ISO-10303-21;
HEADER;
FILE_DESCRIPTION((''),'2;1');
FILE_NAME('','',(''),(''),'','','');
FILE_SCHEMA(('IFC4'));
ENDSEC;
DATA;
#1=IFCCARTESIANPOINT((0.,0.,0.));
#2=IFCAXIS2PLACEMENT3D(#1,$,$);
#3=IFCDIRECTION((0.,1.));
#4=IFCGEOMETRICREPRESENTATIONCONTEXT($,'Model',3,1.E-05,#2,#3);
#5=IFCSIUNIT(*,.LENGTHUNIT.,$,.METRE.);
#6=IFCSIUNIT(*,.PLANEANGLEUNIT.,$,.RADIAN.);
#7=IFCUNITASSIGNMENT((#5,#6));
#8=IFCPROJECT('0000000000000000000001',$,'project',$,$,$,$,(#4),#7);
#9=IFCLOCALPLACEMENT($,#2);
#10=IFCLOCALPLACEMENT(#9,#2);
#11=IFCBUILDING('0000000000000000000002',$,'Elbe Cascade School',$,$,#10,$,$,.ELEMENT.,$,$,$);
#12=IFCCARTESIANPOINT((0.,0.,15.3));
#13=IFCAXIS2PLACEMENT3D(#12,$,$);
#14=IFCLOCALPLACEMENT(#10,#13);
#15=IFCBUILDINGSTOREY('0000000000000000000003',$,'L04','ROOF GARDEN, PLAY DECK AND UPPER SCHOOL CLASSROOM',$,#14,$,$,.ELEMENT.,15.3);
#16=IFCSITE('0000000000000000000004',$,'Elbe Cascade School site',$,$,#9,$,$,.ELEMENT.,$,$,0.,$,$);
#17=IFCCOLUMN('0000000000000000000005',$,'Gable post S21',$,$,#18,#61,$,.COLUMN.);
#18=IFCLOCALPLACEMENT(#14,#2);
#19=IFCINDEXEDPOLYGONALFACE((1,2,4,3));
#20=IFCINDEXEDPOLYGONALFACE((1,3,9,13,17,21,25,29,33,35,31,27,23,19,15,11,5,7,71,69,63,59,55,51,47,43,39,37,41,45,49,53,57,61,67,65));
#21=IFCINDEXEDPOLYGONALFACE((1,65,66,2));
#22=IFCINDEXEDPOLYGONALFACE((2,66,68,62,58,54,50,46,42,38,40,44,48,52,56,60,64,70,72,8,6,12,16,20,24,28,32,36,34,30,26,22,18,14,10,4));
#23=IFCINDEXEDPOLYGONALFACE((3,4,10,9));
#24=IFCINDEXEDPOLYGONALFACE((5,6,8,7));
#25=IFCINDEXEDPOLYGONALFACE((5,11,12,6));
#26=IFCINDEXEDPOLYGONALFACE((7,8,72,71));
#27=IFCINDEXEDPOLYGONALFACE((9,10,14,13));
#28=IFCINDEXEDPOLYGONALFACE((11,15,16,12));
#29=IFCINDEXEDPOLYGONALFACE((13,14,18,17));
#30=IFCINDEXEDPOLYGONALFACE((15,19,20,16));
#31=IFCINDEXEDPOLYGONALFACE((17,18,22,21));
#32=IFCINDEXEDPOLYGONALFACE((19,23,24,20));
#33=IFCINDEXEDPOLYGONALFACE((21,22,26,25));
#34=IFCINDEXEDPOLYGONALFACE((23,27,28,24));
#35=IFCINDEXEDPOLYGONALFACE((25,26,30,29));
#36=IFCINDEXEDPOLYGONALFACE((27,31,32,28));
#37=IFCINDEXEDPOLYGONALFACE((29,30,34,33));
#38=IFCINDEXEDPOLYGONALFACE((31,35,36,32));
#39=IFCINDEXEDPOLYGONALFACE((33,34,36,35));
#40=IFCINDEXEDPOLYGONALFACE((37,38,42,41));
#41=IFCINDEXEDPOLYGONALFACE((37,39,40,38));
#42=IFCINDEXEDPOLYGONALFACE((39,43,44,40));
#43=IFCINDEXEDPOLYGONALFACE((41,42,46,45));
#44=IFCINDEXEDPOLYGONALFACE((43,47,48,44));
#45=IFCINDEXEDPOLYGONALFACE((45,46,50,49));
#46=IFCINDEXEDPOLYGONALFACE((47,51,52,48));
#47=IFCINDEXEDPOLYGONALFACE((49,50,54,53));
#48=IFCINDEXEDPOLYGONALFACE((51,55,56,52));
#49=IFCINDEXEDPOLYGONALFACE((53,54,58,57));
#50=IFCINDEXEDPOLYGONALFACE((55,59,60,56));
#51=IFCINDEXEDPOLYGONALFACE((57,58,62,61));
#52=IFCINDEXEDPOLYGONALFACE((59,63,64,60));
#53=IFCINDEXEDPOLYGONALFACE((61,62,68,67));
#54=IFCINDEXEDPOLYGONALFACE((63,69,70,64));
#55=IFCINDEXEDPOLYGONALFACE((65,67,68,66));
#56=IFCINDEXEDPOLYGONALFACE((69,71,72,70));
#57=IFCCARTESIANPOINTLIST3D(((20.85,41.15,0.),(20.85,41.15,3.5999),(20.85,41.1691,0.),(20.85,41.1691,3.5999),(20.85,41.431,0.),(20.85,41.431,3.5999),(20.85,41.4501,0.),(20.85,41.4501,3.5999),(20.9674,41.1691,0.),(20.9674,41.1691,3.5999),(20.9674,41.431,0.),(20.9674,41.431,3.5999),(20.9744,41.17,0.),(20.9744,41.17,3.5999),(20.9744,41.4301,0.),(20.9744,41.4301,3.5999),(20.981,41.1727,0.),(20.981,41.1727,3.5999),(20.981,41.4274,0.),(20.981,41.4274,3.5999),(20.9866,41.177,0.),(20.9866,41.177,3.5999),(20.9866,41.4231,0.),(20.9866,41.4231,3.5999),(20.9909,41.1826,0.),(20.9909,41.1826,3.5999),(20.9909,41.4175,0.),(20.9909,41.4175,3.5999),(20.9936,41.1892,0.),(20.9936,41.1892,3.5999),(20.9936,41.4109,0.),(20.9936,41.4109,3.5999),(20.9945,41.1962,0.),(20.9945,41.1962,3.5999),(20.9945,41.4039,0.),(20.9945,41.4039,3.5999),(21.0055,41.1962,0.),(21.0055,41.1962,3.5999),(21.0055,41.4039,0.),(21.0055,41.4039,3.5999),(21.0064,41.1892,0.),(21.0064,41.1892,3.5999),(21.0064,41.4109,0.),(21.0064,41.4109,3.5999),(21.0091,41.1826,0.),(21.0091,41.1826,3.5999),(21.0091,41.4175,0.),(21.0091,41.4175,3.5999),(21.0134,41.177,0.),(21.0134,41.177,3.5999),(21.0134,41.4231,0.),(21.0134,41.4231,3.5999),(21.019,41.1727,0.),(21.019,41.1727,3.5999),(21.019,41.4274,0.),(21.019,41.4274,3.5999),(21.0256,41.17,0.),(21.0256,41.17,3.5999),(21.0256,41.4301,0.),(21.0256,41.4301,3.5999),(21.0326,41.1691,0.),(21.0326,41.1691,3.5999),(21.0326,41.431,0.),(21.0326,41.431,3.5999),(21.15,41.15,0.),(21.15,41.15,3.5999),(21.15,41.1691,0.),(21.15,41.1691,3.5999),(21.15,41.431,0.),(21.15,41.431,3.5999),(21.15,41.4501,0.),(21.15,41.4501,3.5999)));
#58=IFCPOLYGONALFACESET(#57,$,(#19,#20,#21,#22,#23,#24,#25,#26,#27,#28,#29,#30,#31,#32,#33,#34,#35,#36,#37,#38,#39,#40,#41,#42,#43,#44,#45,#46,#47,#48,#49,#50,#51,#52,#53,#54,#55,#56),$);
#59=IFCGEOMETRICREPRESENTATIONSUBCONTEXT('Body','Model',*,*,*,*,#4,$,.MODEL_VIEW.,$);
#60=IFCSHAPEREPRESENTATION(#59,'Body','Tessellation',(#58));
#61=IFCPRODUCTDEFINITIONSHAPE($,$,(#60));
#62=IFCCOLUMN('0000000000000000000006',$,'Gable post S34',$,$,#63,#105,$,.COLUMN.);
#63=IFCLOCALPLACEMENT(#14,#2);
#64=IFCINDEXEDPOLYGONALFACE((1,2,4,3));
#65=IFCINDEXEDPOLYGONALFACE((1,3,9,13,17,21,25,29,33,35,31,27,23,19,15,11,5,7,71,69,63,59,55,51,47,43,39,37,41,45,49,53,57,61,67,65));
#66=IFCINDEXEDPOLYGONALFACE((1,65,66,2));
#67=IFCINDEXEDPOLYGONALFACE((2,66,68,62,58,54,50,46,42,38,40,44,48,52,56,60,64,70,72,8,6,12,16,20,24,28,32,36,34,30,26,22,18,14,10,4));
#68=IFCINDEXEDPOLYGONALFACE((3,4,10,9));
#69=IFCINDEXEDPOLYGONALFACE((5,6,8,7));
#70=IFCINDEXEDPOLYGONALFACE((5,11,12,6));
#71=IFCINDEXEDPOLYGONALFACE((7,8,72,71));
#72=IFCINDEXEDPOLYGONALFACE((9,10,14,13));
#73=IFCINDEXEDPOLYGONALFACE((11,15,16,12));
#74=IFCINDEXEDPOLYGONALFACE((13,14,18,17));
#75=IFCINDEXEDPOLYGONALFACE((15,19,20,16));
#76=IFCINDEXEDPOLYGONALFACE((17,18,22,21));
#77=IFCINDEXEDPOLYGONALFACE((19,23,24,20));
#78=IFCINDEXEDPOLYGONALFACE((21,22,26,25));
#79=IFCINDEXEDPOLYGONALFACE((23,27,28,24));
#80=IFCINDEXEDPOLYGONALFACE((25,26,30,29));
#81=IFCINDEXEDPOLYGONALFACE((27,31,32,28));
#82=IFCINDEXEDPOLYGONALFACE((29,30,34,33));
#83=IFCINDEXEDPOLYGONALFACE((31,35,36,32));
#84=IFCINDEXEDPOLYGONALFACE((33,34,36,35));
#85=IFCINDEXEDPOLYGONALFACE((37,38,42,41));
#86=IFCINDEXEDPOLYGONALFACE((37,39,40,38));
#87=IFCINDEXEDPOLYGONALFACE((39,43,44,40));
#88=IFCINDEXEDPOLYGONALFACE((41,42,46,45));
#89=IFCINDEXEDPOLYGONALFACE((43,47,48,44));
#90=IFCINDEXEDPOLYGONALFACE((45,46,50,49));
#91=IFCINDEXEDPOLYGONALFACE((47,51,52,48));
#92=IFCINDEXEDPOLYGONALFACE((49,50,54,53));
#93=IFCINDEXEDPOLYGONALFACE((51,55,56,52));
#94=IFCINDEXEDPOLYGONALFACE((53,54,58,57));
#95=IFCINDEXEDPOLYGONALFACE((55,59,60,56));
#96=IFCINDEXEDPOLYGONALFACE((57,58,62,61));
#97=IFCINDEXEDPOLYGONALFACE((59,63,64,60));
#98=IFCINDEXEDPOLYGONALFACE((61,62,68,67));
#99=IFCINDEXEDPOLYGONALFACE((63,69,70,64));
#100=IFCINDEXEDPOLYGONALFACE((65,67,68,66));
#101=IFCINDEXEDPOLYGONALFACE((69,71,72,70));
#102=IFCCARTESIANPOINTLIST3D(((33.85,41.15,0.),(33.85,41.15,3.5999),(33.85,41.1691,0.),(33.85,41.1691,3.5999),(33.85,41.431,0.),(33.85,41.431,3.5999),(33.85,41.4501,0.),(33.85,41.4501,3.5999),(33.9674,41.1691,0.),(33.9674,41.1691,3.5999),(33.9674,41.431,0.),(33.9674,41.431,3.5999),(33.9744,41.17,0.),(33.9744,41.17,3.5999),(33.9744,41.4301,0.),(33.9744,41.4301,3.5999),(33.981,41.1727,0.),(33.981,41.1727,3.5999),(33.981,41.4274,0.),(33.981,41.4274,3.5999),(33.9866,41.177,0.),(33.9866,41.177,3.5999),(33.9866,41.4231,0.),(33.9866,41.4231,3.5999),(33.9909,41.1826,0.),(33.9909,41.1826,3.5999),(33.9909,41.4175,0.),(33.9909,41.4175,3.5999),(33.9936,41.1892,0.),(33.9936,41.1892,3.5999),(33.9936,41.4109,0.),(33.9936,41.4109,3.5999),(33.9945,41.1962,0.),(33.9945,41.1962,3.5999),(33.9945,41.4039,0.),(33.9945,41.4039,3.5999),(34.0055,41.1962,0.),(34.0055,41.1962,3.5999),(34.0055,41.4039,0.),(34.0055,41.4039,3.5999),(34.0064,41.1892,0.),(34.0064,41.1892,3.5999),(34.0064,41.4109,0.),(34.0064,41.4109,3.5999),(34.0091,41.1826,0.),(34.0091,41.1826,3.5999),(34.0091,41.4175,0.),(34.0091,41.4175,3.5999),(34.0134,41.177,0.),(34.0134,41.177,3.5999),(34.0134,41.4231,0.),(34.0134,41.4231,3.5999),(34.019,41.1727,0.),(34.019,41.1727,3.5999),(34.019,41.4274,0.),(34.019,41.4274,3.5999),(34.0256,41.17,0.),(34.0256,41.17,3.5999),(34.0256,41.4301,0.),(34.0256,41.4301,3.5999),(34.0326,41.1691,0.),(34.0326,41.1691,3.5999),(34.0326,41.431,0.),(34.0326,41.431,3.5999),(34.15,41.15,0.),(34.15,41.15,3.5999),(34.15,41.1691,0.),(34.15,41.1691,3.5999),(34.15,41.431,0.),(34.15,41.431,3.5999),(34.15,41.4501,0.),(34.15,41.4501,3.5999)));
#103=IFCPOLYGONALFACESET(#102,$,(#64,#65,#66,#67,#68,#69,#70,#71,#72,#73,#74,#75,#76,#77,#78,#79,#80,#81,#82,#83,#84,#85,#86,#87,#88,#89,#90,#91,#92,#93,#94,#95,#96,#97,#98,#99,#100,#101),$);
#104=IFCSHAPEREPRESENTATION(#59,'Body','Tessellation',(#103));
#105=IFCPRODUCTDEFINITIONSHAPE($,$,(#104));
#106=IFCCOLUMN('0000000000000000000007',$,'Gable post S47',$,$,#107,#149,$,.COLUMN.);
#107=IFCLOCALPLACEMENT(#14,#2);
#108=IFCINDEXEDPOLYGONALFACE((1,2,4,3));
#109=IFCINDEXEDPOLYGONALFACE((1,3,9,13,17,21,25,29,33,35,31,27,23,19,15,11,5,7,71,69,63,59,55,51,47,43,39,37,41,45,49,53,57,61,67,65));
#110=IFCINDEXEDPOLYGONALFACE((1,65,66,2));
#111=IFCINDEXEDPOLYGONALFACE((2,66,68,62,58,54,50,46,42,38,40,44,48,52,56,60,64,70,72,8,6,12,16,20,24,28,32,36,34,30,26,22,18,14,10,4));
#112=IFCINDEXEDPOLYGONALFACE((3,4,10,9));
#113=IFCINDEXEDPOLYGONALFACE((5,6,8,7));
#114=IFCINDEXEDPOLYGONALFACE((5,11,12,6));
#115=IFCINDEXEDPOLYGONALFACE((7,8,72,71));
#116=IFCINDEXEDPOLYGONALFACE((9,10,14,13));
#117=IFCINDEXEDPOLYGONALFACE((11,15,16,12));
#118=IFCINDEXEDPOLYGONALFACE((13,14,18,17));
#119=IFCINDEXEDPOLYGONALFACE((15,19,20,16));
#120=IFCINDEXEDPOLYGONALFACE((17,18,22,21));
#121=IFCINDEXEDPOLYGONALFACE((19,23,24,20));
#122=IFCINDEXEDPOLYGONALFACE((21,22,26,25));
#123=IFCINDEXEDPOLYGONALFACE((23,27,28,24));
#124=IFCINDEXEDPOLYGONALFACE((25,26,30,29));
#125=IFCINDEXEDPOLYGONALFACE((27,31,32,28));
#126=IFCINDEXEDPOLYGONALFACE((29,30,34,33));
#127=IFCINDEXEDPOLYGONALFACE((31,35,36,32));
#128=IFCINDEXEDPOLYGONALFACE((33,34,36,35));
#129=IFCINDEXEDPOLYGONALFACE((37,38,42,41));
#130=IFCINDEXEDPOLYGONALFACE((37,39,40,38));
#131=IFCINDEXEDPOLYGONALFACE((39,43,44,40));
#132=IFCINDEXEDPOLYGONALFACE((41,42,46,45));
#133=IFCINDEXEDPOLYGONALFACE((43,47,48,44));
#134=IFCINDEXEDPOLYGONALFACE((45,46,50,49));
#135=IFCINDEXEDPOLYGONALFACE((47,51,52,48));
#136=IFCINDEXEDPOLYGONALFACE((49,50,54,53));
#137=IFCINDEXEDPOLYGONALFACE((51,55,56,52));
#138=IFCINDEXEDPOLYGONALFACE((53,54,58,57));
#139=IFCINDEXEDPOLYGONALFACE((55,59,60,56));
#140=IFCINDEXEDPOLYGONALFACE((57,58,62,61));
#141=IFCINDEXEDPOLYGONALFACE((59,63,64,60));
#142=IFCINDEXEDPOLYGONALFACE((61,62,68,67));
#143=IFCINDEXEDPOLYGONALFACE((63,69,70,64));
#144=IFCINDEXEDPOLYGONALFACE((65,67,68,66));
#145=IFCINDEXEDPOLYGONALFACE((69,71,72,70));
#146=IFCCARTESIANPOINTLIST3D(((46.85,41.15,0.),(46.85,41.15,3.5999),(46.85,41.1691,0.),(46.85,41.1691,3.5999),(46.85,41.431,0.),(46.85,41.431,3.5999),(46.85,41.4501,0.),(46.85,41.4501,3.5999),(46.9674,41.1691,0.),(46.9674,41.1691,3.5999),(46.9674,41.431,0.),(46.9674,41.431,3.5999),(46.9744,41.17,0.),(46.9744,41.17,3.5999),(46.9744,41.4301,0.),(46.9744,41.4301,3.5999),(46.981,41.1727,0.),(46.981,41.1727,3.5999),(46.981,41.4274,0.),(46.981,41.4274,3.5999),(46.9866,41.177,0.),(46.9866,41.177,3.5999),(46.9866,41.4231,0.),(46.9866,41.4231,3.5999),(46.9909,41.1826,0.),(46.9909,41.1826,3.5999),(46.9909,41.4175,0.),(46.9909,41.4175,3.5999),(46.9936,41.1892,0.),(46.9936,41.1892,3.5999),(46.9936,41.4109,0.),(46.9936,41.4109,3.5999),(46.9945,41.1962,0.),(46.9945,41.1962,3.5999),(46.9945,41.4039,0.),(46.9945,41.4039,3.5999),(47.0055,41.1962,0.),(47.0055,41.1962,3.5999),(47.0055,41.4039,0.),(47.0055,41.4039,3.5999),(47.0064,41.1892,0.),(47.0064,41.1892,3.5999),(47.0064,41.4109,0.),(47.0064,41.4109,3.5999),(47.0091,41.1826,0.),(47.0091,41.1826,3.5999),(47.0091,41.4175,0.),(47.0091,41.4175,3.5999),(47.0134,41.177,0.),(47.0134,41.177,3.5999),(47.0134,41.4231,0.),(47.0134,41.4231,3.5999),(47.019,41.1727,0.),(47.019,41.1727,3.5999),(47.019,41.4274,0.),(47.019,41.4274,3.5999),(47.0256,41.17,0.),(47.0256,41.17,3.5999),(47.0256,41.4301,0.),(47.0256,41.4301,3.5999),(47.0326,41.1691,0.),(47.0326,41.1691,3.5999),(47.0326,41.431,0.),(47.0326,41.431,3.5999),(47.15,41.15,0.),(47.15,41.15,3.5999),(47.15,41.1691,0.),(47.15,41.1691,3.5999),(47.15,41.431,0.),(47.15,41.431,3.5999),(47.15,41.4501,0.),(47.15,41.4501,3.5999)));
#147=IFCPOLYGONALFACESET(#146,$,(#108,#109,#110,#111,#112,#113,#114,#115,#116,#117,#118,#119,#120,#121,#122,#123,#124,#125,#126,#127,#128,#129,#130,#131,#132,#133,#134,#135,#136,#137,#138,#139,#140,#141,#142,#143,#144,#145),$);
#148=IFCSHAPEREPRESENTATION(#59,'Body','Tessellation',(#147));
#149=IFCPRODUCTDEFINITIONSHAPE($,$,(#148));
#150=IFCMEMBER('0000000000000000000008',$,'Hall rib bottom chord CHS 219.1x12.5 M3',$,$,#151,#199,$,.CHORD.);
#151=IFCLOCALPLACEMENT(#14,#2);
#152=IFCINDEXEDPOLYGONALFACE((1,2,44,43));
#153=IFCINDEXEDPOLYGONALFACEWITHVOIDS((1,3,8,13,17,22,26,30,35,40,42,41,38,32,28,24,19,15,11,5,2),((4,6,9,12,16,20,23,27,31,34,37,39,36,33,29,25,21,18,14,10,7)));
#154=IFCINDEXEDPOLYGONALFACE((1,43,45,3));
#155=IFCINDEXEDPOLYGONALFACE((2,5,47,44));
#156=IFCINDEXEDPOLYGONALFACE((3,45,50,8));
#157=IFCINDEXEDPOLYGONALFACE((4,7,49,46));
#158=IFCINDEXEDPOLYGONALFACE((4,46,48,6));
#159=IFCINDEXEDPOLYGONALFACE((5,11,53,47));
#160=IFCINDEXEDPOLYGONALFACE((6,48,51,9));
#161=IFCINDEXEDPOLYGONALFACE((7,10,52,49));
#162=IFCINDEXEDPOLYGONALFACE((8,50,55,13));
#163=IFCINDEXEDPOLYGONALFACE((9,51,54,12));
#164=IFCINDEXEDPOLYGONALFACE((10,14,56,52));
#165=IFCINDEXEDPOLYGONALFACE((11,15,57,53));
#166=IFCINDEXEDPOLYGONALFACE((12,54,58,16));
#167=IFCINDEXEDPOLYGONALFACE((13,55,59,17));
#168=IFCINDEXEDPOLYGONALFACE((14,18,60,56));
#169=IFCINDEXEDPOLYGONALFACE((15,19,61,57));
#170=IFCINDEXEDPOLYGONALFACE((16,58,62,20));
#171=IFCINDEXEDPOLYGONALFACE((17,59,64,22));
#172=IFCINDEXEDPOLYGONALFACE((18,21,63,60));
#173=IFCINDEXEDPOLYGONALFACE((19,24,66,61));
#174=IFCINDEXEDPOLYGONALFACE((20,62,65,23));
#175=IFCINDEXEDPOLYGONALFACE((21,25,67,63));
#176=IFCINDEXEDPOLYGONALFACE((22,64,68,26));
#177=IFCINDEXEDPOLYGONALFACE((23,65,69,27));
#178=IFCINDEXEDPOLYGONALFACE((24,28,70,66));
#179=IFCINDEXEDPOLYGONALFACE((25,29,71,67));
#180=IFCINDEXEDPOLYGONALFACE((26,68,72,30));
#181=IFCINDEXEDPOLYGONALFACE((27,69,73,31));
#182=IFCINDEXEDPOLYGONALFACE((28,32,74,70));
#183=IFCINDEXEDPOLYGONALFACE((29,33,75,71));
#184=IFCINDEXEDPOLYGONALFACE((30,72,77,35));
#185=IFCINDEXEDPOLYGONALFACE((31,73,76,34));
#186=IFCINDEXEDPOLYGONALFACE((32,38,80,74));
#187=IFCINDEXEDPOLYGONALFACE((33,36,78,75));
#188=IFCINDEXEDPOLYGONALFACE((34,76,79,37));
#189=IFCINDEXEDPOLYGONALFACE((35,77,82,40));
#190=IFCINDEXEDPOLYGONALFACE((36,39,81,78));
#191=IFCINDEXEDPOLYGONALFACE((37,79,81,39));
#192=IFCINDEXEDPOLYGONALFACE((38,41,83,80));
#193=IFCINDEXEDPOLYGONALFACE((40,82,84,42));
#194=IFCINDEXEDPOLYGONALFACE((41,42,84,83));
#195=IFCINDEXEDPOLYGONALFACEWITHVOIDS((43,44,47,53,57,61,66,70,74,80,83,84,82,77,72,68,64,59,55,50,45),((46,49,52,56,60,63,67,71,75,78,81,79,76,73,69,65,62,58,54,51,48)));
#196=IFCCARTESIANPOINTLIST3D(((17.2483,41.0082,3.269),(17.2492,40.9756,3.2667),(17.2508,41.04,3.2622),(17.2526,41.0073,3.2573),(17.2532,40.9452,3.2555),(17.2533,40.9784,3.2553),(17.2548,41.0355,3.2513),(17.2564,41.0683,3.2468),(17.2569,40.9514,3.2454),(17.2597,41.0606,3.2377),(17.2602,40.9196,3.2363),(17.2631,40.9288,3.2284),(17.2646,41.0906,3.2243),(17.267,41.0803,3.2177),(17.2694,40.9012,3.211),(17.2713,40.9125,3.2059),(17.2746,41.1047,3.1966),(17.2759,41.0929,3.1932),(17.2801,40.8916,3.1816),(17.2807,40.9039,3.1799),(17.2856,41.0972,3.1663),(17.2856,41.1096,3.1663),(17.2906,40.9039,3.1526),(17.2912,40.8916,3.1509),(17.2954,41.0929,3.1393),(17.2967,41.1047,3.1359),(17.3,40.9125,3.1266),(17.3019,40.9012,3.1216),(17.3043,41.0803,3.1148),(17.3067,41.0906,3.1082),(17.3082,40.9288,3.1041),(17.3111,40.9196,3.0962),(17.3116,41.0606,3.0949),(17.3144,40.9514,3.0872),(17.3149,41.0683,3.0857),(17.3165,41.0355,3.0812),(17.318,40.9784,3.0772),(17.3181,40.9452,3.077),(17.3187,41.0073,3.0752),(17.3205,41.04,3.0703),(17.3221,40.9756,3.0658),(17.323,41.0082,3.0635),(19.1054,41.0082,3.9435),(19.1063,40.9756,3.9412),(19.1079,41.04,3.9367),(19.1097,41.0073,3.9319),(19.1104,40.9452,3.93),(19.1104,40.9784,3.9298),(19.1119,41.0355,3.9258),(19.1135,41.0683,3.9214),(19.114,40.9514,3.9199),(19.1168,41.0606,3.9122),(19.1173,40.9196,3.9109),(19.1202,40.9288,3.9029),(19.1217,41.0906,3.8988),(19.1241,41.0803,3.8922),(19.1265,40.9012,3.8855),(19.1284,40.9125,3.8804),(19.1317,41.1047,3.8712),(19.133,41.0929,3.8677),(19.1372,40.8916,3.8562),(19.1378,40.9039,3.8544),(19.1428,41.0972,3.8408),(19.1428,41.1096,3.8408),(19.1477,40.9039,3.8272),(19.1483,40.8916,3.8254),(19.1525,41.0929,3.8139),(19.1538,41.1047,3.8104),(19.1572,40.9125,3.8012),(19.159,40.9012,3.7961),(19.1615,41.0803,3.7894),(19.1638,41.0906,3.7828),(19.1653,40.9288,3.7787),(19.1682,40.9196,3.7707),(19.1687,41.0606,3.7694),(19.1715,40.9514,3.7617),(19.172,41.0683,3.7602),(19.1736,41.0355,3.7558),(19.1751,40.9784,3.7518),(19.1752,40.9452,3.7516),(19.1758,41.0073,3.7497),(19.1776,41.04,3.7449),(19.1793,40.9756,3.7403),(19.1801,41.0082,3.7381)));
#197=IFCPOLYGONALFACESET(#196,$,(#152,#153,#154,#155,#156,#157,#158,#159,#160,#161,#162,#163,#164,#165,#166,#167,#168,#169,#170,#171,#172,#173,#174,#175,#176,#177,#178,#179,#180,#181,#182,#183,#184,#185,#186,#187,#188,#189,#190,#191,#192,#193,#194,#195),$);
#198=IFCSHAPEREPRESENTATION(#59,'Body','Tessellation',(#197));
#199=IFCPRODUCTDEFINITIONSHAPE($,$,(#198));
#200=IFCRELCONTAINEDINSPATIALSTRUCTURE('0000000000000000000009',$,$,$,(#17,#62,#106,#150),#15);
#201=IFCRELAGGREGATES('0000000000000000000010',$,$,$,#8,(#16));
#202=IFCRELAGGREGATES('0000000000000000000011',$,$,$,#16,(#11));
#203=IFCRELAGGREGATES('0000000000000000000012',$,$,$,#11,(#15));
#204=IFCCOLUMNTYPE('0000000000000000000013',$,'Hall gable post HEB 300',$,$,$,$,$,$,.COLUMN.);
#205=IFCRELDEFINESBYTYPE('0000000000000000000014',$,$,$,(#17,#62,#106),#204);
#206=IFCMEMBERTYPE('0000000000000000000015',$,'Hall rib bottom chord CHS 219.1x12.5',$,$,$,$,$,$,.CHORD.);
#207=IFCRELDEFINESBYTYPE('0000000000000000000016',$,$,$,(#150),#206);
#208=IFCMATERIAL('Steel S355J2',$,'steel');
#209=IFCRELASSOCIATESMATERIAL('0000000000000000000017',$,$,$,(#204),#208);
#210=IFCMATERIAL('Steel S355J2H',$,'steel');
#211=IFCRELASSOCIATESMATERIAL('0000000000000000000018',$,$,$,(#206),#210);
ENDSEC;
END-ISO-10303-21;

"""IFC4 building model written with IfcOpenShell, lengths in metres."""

from ifc_helpers import new_model, si_unit, direction, frame, origin, origin_2d, place, context, subcontext, project, spatial, hollow_circle, i_section, extrude, material, material_profile, profile_set, type_object, element, save


model = new_model("IFC4")

# Units and contexts
model_context = context("Model", 3, precision=1e-05, world=origin(), true_north=direction((0.0, 1.0)))
body_context = subcontext(model_context, "Body", "Model", "MODEL_VIEW")
ifc_project = project(units=[si_unit("LENGTHUNIT", "METRE"), si_unit("PLANEANGLEUNIT", "RADIAN")], contexts=[model_context])

# Site, building, storey
site_placement = place(None, origin())
site = spatial("IfcSite", under=ifc_project, at=site_placement, Name="Elbe Cascade School site", CompositionType="ELEMENT", RefElevation=0.0)
building_placement = place(site_placement, origin())
building = spatial("IfcBuilding", under=site, at=building_placement, Name="Elbe Cascade School", CompositionType="ELEMENT")
storey_placement = place(building_placement, frame((0.0, 0.0, 15.3)))
storey = spatial("IfcBuildingStorey", under=building, at=storey_placement, Name="L04", Description="ROOF GARDEN, PLAY DECK AND UPPER SCHOOL CLASSROOM", CompositionType="ELEMENT", Elevation=15.3)

# Columns
ifc_material_1 = material(Name="Steel S355J2", Category="steel")
ifc_material_profile_1 = material_profile(ifc_material_1, i_section(OverallWidth=0.3, OverallDepth=0.3, WebThickness=0.011, FlangeThickness=0.019, FilletRadius=0.0271, at=origin_2d()), Name="HEB 300")
ifc_profile_set_1 = profile_set([ifc_material_profile_1], Name="Steel S355J2")
column_type = type_object("IfcColumnType", Name="Hall gable post HEB 300", PredefinedType="COLUMN", material=ifc_profile_set_1)
for number, where, z_axis, x_axis, name in (
    (1, (21.0, 41.3, 0.0), (0.0, 0.0, 1.0), (1.0, 0.0, 0.0), "Gable post S21"),
    (2, (34.0, 41.3, 0.0), (0.0, 0.0, 1.0), (1.0, 0.0, 0.0), "Gable post S34"),
    (3, (47.0, 41.3, 0.0), (0.0, 0.0, 1.0), (1.0, 0.0, 0.0), "Gable post S47"),
):
    element("IfcColumn", number, at=place(storey_placement, frame(where, z_axis=z_axis, x_axis=x_axis)), inside=storey, type_object=column_type, Name=name, PredefinedType="COLUMN", context=body_context, shape_type="SweptSolid", body=[
        extrude(i_section(OverallWidth=0.3, OverallDepth=0.3, WebThickness=0.011, FlangeThickness=0.019, FilletRadius=0.0271, at=origin_2d()), origin(), (0.0, 0.0, 1.0), 3.5999),
    ])

# Member
ifc_material_2 = material(Name="Steel S355J2H", Category="steel")
ifc_material_profile_2 = material_profile(ifc_material_2, hollow_circle(Radius=0.1096, WallThickness=0.0125, at=origin_2d()), Name="CHS 219.1x12.5")
ifc_profile_set_2 = profile_set([ifc_material_profile_2], Name="Steel S355J2H")
member_type_1 = type_object("IfcMemberType", Name="Hall rib bottom chord CHS 219.1x12.5", PredefinedType="CHORD", material=ifc_profile_set_2)
for number, where, z_axis, x_axis, name in (
    (4, (17.2856, 41.0, 3.1663), (0.93992, 0.0, 0.341396), (0.0, 1.0, 0.0), "Hall rib bottom chord CHS 219.1x12.5 M3"),
):
    element("IfcMember", number, at=place(storey_placement, frame(where, z_axis=z_axis, x_axis=x_axis)), inside=storey, type_object=member_type_1, Name=name, PredefinedType="CHORD", context=body_context, shape_type="SweptSolid", body=[
        extrude(hollow_circle(Radius=0.1096, WallThickness=0.0125, at=origin_2d()), origin(), (0.0, 0.0, 1.0), 1.9758),
    ])

save(model, "model.ifc")
